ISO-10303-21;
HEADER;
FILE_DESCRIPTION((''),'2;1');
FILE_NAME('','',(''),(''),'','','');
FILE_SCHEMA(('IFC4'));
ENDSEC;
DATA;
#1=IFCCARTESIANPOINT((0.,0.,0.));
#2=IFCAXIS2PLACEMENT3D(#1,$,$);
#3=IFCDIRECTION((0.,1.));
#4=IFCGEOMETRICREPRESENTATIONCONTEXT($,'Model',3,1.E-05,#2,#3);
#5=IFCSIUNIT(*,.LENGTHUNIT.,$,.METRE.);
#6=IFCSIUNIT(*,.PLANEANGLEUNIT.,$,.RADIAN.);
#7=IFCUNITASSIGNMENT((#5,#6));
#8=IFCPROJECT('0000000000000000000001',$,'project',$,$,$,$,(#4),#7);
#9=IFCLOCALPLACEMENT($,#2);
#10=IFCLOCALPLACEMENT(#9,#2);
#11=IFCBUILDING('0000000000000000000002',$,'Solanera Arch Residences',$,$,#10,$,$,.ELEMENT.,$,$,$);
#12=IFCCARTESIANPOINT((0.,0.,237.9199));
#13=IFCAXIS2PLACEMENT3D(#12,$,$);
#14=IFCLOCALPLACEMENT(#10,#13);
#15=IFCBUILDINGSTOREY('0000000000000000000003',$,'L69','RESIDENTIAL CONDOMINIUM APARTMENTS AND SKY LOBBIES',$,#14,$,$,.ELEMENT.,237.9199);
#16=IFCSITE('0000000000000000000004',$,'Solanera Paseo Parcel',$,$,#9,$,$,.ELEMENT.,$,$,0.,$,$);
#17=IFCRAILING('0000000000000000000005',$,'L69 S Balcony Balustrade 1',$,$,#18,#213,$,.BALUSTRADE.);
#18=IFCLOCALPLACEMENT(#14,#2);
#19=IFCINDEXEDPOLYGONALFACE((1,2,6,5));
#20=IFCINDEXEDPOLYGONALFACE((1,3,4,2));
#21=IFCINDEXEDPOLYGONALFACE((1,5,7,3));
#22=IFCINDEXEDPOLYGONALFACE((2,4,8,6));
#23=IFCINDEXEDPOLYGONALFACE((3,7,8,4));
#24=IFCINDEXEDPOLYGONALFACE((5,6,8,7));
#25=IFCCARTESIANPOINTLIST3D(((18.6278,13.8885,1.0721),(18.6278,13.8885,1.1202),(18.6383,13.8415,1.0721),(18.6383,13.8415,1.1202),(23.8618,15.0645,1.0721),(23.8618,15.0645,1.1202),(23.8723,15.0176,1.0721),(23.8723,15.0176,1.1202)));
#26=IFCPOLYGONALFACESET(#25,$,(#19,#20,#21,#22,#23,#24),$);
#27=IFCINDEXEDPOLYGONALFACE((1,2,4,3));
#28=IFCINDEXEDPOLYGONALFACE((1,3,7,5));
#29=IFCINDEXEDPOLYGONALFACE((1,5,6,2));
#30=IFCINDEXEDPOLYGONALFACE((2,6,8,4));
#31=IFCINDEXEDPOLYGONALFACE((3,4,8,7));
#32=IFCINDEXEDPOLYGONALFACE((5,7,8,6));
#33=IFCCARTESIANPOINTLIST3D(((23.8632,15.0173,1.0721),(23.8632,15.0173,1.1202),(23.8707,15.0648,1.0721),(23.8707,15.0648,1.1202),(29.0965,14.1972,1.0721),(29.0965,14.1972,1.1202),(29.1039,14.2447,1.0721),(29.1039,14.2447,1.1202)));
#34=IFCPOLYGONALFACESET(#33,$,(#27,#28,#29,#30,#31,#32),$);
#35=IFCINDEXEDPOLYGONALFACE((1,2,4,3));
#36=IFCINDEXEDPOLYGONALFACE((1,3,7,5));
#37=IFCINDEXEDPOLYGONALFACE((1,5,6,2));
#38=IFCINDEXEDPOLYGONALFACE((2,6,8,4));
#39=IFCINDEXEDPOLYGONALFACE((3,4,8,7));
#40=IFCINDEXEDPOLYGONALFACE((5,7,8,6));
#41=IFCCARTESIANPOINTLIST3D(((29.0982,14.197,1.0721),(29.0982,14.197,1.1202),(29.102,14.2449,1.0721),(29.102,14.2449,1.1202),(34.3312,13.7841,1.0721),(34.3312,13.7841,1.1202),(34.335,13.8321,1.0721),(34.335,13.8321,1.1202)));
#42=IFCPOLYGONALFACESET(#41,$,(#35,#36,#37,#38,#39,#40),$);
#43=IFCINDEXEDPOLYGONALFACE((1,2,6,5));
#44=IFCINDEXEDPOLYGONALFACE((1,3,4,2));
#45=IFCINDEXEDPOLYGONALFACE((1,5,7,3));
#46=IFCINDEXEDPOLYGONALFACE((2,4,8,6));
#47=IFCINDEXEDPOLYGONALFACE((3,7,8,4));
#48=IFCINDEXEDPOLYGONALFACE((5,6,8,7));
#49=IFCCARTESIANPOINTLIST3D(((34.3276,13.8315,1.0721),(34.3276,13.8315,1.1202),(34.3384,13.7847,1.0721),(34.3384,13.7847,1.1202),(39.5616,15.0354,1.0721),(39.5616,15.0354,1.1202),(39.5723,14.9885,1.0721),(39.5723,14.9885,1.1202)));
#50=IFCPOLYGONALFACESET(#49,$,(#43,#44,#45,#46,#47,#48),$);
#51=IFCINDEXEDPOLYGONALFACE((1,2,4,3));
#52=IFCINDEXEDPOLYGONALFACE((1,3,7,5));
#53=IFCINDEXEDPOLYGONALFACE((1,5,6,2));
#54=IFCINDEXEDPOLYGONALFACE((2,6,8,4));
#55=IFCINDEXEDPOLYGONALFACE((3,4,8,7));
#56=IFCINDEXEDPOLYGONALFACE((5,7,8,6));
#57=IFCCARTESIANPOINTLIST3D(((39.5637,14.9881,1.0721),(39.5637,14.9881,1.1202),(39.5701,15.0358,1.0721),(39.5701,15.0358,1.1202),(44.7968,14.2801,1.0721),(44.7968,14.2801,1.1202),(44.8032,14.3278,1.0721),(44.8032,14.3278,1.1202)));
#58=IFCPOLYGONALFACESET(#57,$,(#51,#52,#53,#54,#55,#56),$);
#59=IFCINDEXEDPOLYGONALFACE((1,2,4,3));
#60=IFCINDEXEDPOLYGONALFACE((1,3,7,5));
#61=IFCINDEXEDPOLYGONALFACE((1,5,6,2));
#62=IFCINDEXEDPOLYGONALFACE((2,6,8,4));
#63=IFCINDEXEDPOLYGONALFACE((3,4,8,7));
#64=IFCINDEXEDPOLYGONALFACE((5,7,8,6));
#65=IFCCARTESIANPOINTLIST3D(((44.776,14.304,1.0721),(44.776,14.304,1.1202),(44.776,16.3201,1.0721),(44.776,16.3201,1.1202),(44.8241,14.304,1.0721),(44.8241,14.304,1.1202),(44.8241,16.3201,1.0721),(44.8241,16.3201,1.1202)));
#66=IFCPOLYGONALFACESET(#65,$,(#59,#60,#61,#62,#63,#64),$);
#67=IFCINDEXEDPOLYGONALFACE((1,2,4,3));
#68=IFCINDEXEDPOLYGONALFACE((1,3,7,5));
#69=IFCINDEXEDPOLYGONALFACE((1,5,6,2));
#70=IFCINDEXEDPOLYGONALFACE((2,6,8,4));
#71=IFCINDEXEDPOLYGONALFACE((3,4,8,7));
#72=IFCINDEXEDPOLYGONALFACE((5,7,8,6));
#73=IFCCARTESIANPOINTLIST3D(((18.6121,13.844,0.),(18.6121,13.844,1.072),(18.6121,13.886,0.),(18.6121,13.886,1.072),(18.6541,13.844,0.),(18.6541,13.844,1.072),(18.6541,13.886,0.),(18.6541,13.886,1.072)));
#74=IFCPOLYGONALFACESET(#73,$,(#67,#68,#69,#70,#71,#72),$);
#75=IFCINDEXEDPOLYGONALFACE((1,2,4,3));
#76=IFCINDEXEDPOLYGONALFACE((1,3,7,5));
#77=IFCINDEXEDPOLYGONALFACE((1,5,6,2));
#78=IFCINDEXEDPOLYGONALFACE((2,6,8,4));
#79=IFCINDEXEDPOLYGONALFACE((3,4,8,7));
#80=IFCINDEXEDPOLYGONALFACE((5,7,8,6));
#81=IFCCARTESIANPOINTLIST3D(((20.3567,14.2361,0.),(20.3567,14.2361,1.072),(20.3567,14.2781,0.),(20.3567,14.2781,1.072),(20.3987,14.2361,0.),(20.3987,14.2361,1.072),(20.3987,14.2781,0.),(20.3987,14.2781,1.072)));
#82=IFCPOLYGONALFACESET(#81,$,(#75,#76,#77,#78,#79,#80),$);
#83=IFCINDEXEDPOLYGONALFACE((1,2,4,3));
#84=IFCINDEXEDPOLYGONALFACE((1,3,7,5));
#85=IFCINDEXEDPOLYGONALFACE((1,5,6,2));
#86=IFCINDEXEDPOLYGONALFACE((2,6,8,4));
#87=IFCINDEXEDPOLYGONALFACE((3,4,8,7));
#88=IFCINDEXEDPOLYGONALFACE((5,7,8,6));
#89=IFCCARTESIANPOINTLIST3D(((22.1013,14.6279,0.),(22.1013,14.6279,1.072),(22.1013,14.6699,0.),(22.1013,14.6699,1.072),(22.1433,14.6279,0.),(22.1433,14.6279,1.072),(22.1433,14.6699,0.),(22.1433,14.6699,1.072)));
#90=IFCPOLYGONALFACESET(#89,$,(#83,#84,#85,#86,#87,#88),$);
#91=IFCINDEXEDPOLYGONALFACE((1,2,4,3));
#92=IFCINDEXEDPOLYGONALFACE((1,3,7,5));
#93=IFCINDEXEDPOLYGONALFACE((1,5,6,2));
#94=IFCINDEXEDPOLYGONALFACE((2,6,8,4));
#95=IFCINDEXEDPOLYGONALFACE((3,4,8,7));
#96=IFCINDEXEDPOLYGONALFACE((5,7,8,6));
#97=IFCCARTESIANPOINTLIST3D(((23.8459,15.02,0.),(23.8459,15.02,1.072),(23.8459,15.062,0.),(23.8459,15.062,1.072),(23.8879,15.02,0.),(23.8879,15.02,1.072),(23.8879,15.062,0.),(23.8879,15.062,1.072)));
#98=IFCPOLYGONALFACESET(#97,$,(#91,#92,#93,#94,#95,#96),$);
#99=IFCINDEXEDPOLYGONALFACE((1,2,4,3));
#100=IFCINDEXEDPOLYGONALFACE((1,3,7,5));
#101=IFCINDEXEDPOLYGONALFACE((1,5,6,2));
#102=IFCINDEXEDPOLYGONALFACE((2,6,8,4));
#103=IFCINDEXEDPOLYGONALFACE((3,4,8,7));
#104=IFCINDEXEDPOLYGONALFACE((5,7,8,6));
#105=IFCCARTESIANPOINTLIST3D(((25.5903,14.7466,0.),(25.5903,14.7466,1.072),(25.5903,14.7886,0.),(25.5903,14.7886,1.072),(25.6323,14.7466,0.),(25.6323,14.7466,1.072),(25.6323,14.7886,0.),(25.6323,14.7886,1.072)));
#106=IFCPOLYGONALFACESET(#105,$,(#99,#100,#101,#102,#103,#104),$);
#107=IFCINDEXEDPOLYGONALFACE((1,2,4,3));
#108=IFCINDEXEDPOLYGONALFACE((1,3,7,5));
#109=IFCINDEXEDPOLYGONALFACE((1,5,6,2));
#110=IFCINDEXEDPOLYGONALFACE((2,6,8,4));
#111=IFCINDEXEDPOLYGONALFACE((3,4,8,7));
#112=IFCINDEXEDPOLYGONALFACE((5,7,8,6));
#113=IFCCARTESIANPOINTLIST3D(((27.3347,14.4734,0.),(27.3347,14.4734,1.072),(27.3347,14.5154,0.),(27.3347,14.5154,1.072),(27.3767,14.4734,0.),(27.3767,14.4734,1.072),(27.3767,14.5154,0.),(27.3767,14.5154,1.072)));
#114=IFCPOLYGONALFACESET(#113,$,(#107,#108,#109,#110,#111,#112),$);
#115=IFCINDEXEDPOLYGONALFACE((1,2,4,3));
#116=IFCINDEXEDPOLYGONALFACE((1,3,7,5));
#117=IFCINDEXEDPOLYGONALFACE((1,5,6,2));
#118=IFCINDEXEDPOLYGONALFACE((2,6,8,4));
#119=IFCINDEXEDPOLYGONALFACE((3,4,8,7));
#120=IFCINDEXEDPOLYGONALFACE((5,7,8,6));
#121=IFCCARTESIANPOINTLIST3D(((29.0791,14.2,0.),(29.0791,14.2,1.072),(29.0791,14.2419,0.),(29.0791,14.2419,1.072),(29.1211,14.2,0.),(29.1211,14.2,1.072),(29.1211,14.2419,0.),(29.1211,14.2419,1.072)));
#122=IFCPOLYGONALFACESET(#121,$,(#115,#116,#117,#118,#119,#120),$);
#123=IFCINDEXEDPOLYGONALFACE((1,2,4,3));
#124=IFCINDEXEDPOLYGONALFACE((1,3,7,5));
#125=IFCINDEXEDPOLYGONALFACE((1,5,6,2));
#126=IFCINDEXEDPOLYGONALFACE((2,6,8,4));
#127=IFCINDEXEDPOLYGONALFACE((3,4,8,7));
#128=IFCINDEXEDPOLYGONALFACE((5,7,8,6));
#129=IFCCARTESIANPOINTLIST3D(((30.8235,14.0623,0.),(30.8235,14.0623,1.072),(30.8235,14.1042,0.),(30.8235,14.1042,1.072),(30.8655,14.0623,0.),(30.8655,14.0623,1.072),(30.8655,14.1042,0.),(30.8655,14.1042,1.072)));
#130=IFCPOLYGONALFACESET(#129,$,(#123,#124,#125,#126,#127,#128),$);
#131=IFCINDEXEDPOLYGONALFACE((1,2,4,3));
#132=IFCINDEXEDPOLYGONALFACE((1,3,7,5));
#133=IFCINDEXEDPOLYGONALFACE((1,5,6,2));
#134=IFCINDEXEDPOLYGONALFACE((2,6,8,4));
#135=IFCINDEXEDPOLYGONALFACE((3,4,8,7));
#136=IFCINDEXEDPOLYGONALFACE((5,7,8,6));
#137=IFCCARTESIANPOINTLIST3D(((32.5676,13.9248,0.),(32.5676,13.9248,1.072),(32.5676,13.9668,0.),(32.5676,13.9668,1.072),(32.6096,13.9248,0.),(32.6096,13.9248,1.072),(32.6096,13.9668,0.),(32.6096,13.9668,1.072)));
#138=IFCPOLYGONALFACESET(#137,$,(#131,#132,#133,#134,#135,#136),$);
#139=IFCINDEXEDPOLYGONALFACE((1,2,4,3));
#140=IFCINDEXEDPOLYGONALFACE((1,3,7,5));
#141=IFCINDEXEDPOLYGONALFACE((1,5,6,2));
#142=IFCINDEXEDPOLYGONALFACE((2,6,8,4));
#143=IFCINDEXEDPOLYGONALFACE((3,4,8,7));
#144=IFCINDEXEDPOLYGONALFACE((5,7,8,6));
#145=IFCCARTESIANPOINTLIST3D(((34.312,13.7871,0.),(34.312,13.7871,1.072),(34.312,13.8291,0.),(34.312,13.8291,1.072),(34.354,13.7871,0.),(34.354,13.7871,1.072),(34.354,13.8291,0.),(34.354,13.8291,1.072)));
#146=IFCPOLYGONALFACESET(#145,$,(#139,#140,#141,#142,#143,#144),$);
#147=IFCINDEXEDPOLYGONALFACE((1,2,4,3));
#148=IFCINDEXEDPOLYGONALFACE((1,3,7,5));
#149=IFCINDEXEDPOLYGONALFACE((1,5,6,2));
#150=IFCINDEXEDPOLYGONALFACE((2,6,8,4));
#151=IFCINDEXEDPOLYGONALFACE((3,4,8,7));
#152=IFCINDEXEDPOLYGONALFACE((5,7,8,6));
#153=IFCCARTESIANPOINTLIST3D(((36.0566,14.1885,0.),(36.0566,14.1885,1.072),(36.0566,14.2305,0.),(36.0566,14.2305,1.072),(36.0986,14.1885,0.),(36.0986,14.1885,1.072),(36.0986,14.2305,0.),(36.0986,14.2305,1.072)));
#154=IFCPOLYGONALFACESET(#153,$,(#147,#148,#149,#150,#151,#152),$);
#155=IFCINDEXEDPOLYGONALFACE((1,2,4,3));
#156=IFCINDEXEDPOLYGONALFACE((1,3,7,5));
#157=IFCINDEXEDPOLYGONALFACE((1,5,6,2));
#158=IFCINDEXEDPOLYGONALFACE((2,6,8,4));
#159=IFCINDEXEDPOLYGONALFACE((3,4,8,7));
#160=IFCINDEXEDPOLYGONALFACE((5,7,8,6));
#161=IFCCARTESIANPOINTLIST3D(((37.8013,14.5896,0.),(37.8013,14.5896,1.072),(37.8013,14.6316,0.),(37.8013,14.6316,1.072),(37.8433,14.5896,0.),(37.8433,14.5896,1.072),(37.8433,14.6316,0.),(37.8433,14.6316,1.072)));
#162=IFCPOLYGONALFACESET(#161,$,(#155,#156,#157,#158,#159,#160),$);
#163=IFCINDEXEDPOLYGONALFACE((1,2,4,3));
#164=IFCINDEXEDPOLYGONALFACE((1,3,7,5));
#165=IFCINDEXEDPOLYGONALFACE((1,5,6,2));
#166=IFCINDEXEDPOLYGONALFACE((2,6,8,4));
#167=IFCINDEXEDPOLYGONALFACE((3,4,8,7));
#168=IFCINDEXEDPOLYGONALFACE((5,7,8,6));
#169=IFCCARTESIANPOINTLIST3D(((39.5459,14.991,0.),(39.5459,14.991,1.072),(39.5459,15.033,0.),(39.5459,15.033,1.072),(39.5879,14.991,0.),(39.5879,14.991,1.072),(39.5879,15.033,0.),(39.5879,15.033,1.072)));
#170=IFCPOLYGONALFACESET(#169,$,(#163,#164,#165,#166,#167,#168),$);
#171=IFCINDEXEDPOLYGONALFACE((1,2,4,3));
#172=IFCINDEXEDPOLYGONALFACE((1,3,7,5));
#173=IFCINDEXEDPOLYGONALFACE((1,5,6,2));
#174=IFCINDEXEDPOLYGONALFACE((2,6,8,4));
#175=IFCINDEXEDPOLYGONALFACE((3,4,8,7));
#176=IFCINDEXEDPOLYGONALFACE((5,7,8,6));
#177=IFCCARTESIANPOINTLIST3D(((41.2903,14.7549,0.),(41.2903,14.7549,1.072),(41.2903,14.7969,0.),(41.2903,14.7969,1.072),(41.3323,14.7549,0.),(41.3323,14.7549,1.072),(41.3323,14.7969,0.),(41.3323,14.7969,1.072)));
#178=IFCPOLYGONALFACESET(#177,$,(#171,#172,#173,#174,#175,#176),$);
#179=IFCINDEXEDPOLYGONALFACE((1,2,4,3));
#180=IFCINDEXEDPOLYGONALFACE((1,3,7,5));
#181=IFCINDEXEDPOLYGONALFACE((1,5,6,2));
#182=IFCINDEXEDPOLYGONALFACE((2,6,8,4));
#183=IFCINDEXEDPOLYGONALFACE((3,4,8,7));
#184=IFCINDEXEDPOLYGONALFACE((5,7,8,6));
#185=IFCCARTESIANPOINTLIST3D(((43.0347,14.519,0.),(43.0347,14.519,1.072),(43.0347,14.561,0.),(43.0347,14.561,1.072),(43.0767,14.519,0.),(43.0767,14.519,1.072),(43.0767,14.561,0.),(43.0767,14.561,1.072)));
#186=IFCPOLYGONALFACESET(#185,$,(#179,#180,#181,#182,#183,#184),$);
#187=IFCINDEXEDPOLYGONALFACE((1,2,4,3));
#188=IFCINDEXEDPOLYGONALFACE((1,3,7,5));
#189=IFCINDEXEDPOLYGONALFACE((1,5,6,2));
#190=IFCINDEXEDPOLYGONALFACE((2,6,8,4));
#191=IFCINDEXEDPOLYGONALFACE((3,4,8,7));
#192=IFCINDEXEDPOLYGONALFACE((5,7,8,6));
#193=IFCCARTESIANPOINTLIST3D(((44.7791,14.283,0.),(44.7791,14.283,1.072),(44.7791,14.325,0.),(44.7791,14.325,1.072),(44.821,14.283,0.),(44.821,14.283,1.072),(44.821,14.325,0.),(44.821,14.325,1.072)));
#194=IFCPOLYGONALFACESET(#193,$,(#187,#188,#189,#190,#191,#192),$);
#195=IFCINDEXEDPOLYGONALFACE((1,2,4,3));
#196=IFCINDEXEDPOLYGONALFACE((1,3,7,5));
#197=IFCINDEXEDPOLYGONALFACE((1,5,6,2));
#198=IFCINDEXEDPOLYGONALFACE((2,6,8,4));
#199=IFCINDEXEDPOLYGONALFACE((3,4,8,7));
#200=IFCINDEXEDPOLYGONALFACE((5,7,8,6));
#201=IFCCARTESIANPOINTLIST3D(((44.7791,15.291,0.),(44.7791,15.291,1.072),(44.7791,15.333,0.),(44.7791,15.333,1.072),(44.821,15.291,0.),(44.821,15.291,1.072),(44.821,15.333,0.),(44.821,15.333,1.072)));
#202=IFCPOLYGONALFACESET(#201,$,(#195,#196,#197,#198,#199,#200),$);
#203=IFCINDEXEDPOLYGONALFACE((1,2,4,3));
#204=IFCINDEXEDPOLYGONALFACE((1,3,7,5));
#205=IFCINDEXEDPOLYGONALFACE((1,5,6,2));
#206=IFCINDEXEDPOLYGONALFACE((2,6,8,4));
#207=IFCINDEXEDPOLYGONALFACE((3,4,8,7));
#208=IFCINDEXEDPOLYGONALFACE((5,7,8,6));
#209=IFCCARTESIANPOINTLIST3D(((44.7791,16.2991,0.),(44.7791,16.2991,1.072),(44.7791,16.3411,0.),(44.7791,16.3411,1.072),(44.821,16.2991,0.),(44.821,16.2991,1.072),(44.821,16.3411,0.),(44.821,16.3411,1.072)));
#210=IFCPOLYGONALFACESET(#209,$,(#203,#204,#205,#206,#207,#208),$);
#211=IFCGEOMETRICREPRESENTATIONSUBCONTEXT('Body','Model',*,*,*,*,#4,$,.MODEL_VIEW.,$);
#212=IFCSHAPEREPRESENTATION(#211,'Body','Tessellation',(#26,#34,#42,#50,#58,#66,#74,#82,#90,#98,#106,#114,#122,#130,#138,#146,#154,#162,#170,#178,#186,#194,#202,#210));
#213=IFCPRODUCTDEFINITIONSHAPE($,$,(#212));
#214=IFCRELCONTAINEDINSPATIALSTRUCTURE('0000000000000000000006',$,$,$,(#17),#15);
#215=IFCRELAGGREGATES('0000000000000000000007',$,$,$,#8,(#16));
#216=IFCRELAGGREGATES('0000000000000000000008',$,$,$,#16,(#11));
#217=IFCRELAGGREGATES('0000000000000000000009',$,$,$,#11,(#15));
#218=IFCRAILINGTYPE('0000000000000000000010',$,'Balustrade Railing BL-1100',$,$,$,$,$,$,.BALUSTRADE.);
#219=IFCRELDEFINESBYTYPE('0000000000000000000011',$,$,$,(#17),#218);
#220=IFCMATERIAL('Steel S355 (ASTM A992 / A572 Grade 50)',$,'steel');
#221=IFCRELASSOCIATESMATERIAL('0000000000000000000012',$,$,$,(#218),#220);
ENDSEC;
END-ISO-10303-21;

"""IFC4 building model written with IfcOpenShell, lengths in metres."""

from ifc_helpers import new_model, si_unit, direction, frame, origin, origin_2d, place, context, subcontext, project, spatial, rectangle, extrude, material, type_object, element, save


model = new_model("IFC4")

# Units and contexts
model_context = context("Model", 3, precision=1e-05, world=origin(), true_north=direction((0.0, 1.0)))
body_context = subcontext(model_context, "Body", "Model", "MODEL_VIEW")
ifc_project = project(units=[si_unit("LENGTHUNIT", "METRE"), si_unit("PLANEANGLEUNIT", "RADIAN")], contexts=[model_context])

# Site, building, storey
site_placement = place(None, origin())
site = spatial("IfcSite", under=ifc_project, at=site_placement, Name="Solanera Paseo Parcel", CompositionType="ELEMENT", RefElevation=0.0)
building_placement = place(site_placement, origin())
building = spatial("IfcBuilding", under=site, at=building_placement, Name="Solanera Arch Residences", CompositionType="ELEMENT")
storey_placement = place(building_placement, frame((0.0, 0.0, 237.9199)))
storey = spatial("IfcBuildingStorey", under=building, at=storey_placement, Name="L69", Description="RESIDENTIAL CONDOMINIUM APARTMENTS AND SKY LOBBIES", CompositionType="ELEMENT", Elevation=237.9199)

# Railing
ifc_material_1 = material(Name="Steel S355 (ASTM A992 / A572 Grade 50)", Category="steel")
railing_type = type_object("IfcRailingType", Name="Balustrade Railing BL-1100", PredefinedType="BALUSTRADE", material=ifc_material_1)
railing_placement = place(storey_placement, frame((18.6331, 13.865, 0.0)))
element("IfcRailing", 1, at=railing_placement, inside=storey, type_object=railing_type, Name="L69 S Balcony Balustrade 1", PredefinedType="BALUSTRADE", context=body_context, shape_type="SweptSolid", body=[
    extrude(rectangle(XDim=0.0481, YDim=0.0481, at=origin_2d()), frame((0.0, 0.0, 1.0962), z_axis=(0.975674, 0.219228, 0.0), x_axis=(-0.219228, 0.975674, 0.0)), (0.0, 0.0, 1.0), 5.3645),
    extrude(rectangle(XDim=0.0481, YDim=0.0481, at=origin_2d()), frame((5.2339, 1.176, 1.0962), z_axis=(0.987943, -0.154817, 0.0), x_axis=(0.154817, 0.987943, 0.0)), (0.0, 0.0, 1.0), 5.2971),
    extrude(rectangle(XDim=0.0481, YDim=0.0481, at=origin_2d()), frame((10.467, 0.356, 1.0962), z_axis=(0.996902, -0.078649, 0.0), x_axis=(0.078649, 0.996902, 0.0)), (0.0, 0.0, 1.0), 5.2493),
    extrude(rectangle(XDim=0.0481, YDim=0.0481, at=origin_2d()), frame((15.7, -0.0569, 1.0962), z_axis=(0.974553, 0.224159, 0.0), x_axis=(-0.224159, 0.974553, 0.0)), (0.0, 0.0, 1.0), 5.3706),
    extrude(rectangle(XDim=0.0481, YDim=0.0481, at=origin_2d()), frame((20.9338, 1.147, 1.0962), z_axis=(0.990972, -0.134071, 0.0), x_axis=(0.134071, 0.990972, 0.0)), (0.0, 0.0, 1.0), 5.2808),
    extrude(rectangle(XDim=0.0481, YDim=0.0481, at=origin_2d()), frame((26.167, 0.439, 1.0962), z_axis=(0.0, 1.0, 0.0), x_axis=(-1.0, 0.0, 0.0)), (0.0, 0.0, 1.0), 2.0161),
    extrude(rectangle(XDim=0.042, YDim=0.042, at=origin_2d()), origin(), (0.0, 0.0, 1.0), 1.072),
    extrude(rectangle(XDim=0.042, YDim=0.042, at=origin_2d()), frame((1.7446, 0.3921, 0.0)), (0.0, 0.0, 1.0), 1.072),
    extrude(rectangle(XDim=0.042, YDim=0.042, at=origin_2d()), frame((3.4893, 0.7839, 0.0)), (0.0, 0.0, 1.0), 1.072),
    extrude(rectangle(XDim=0.042, YDim=0.042, at=origin_2d()), frame((5.2339, 1.176, 0.0)), (0.0, 0.0, 1.0), 1.072),
    extrude(rectangle(XDim=0.042, YDim=0.042, at=origin_2d()), frame((6.9783, 0.9026, 0.0)), (0.0, 0.0, 1.0), 1.072),
    extrude(rectangle(XDim=0.042, YDim=0.042, at=origin_2d()), frame((8.7227, 0.6294, 0.0)), (0.0, 0.0, 1.0), 1.072),
    extrude(rectangle(XDim=0.042, YDim=0.042, at=origin_2d()), frame((10.467, 0.356, 0.0)), (0.0, 0.0, 1.0), 1.072),
    extrude(rectangle(XDim=0.042, YDim=0.042, at=origin_2d()), frame((12.2114, 0.2183, 0.0)), (0.0, 0.0, 1.0), 1.072),
    extrude(rectangle(XDim=0.042, YDim=0.042, at=origin_2d()), frame((13.9556, 0.0808, 0.0)), (0.0, 0.0, 1.0), 1.072),
    extrude(rectangle(XDim=0.042, YDim=0.042, at=origin_2d()), frame((15.7, -0.0569, 0.0)), (0.0, 0.0, 1.0), 1.072),
    extrude(rectangle(XDim=0.042, YDim=0.042, at=origin_2d()), frame((17.4446, 0.3445, 0.0)), (0.0, 0.0, 1.0), 1.072),
    extrude(rectangle(XDim=0.042, YDim=0.042, at=origin_2d()), frame((19.1892, 0.7456, 0.0)), (0.0, 0.0, 1.0), 1.072),
    extrude(rectangle(XDim=0.042, YDim=0.042, at=origin_2d()), frame((20.9338, 1.147, 0.0)), (0.0, 0.0, 1.0), 1.072),
    extrude(rectangle(XDim=0.042, YDim=0.042, at=origin_2d()), frame((22.6782, 0.9109, 0.0)), (0.0, 0.0, 1.0), 1.072),
    extrude(rectangle(XDim=0.042, YDim=0.042, at=origin_2d()), frame((24.4226, 0.675, 0.0)), (0.0, 0.0, 1.0), 1.072),
    extrude(rectangle(XDim=0.042, YDim=0.042, at=origin_2d()), frame((26.167, 0.439, 0.0)), (0.0, 0.0, 1.0), 1.072),
    extrude(rectangle(XDim=0.042, YDim=0.042, at=origin_2d()), frame((26.167, 1.447, 0.0)), (0.0, 0.0, 1.0), 1.072),
    extrude(rectangle(XDim=0.042, YDim=0.042, at=origin_2d()), frame((26.167, 2.4551, 0.0)), (0.0, 0.0, 1.0), 1.072),
])

save(model, "model.ifc")
